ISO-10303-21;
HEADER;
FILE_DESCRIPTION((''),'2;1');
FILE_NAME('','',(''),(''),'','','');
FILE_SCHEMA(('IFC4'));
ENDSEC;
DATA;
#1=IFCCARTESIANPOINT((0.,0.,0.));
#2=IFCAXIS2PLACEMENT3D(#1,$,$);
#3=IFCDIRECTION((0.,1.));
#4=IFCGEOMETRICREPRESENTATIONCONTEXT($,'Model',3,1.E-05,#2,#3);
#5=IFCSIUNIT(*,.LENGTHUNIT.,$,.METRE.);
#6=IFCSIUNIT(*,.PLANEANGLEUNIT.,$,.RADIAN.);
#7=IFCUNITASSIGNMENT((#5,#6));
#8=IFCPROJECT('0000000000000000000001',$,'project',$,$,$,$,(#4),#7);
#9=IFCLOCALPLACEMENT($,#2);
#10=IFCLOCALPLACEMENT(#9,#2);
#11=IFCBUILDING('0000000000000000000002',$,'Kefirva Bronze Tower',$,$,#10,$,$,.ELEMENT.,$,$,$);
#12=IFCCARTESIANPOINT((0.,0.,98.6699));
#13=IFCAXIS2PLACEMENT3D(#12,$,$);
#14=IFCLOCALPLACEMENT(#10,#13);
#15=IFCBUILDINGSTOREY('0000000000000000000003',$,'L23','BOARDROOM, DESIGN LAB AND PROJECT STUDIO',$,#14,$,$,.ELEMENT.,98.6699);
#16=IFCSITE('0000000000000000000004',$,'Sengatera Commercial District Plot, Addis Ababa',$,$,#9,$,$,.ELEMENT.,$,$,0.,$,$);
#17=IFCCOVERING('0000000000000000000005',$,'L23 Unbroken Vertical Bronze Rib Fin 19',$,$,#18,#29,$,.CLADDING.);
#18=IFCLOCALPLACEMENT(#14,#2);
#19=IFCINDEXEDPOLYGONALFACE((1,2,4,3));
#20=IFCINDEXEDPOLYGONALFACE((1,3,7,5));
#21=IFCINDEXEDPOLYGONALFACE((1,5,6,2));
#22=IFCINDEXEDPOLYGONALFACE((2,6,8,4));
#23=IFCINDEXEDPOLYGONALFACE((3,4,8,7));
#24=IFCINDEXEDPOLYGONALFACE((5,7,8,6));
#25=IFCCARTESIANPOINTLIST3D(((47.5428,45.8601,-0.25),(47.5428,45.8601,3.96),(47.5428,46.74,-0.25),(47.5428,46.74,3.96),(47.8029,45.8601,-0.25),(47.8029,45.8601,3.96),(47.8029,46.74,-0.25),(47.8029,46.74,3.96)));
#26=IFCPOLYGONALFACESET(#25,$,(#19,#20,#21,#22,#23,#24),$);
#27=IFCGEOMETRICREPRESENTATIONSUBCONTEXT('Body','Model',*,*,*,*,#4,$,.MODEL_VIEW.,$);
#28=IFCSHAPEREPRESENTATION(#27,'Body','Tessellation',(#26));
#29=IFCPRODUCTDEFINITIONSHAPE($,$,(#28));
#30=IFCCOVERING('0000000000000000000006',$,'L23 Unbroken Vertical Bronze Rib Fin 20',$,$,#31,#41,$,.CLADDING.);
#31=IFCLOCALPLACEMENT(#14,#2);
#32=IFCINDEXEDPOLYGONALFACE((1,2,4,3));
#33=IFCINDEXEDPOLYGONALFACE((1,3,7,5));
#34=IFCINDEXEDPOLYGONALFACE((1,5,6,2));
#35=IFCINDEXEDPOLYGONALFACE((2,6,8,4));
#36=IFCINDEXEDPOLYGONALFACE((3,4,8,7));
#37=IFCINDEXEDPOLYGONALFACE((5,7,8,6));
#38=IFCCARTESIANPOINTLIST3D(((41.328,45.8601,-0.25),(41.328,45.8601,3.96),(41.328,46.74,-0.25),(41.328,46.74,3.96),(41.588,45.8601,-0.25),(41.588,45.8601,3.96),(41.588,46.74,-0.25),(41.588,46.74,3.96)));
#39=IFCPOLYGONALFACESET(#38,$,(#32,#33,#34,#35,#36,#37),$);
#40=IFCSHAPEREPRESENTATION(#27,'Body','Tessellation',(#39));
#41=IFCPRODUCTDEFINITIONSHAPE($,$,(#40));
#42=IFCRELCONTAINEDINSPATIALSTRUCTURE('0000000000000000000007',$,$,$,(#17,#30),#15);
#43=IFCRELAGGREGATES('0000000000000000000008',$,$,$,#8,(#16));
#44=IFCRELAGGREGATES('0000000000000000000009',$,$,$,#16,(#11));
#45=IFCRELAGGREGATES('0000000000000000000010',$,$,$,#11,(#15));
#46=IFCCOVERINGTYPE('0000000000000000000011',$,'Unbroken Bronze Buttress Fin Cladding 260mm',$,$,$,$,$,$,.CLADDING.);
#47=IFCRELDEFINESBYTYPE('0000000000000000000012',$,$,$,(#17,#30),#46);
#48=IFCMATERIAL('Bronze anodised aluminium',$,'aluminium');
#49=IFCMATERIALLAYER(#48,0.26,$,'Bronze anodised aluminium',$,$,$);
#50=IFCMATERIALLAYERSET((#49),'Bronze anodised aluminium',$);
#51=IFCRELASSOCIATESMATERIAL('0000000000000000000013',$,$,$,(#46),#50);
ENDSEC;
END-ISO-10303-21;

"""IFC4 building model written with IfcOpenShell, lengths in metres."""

from ifc_helpers import new_model, si_unit, direction, frame, origin, origin_2d, place, context, subcontext, project, spatial, rectangle, extrude, material, layer, layer_set, type_object, element, save


model = new_model("IFC4")

# Units and contexts
model_context = context("Model", 3, precision=1e-05, world=origin(), true_north=direction((0.0, 1.0)))
body_context = subcontext(model_context, "Body", "Model", "MODEL_VIEW")
ifc_project = project(units=[si_unit("LENGTHUNIT", "METRE"), si_unit("PLANEANGLEUNIT", "RADIAN")], contexts=[model_context])

# Site, building, storey
site_placement = place(None, origin())
site = spatial("IfcSite", under=ifc_project, at=site_placement, Name="Sengatera Commercial District Plot, Addis Ababa", CompositionType="ELEMENT", RefElevation=0.0)
building_placement = place(site_placement, origin())
building = spatial("IfcBuilding", under=site, at=building_placement, Name="Kefirva Bronze Tower", CompositionType="ELEMENT")
storey_placement = place(building_placement, frame((0.0, 0.0, 98.6699)))
storey = spatial("IfcBuildingStorey", under=building, at=storey_placement, Name="L23", Description="BOARDROOM, DESIGN LAB AND PROJECT STUDIO", CompositionType="ELEMENT", Elevation=98.6699)

# Shared definitions
ifc_material_1 = material(Name="Bronze anodised aluminium", Category="aluminium")

# Coverings
ifc_layer_1 = layer(ifc_material_1, 0.26, Name="Bronze anodised aluminium")
ifc_layer_set_1 = layer_set([ifc_layer_1], Name="Bronze anodised aluminium")
covering_type_1 = type_object("IfcCoveringType", Name="Unbroken Bronze Buttress Fin Cladding 260mm", PredefinedType="CLADDING", material=ifc_layer_set_1)
for number, where, z_axis, x_axis, name in (
    (1, (47.6729, 46.3, -0.25), (0.0, 0.0, 1.0), (-1.0, 0.0, 0.0), "L23 Unbroken Vertical Bronze Rib Fin 19"),
    (2, (41.458, 46.3, -0.25), (0.0, 0.0, 1.0), (-1.0, 0.0, 0.0), "L23 Unbroken Vertical Bronze Rib Fin 20"),
):
    element("IfcCovering", number, at=place(storey_placement, frame(where, z_axis=z_axis, x_axis=x_axis)), inside=storey, type_object=covering_type_1, Name=name, PredefinedType="CLADDING", context=body_context, shape_type="SweptSolid", body=[
        extrude(rectangle(XDim=0.26, YDim=0.8799, at=origin_2d()), origin(), (0.0, 0.0, 1.0), 4.21),
    ])

save(model, "model.ifc")
